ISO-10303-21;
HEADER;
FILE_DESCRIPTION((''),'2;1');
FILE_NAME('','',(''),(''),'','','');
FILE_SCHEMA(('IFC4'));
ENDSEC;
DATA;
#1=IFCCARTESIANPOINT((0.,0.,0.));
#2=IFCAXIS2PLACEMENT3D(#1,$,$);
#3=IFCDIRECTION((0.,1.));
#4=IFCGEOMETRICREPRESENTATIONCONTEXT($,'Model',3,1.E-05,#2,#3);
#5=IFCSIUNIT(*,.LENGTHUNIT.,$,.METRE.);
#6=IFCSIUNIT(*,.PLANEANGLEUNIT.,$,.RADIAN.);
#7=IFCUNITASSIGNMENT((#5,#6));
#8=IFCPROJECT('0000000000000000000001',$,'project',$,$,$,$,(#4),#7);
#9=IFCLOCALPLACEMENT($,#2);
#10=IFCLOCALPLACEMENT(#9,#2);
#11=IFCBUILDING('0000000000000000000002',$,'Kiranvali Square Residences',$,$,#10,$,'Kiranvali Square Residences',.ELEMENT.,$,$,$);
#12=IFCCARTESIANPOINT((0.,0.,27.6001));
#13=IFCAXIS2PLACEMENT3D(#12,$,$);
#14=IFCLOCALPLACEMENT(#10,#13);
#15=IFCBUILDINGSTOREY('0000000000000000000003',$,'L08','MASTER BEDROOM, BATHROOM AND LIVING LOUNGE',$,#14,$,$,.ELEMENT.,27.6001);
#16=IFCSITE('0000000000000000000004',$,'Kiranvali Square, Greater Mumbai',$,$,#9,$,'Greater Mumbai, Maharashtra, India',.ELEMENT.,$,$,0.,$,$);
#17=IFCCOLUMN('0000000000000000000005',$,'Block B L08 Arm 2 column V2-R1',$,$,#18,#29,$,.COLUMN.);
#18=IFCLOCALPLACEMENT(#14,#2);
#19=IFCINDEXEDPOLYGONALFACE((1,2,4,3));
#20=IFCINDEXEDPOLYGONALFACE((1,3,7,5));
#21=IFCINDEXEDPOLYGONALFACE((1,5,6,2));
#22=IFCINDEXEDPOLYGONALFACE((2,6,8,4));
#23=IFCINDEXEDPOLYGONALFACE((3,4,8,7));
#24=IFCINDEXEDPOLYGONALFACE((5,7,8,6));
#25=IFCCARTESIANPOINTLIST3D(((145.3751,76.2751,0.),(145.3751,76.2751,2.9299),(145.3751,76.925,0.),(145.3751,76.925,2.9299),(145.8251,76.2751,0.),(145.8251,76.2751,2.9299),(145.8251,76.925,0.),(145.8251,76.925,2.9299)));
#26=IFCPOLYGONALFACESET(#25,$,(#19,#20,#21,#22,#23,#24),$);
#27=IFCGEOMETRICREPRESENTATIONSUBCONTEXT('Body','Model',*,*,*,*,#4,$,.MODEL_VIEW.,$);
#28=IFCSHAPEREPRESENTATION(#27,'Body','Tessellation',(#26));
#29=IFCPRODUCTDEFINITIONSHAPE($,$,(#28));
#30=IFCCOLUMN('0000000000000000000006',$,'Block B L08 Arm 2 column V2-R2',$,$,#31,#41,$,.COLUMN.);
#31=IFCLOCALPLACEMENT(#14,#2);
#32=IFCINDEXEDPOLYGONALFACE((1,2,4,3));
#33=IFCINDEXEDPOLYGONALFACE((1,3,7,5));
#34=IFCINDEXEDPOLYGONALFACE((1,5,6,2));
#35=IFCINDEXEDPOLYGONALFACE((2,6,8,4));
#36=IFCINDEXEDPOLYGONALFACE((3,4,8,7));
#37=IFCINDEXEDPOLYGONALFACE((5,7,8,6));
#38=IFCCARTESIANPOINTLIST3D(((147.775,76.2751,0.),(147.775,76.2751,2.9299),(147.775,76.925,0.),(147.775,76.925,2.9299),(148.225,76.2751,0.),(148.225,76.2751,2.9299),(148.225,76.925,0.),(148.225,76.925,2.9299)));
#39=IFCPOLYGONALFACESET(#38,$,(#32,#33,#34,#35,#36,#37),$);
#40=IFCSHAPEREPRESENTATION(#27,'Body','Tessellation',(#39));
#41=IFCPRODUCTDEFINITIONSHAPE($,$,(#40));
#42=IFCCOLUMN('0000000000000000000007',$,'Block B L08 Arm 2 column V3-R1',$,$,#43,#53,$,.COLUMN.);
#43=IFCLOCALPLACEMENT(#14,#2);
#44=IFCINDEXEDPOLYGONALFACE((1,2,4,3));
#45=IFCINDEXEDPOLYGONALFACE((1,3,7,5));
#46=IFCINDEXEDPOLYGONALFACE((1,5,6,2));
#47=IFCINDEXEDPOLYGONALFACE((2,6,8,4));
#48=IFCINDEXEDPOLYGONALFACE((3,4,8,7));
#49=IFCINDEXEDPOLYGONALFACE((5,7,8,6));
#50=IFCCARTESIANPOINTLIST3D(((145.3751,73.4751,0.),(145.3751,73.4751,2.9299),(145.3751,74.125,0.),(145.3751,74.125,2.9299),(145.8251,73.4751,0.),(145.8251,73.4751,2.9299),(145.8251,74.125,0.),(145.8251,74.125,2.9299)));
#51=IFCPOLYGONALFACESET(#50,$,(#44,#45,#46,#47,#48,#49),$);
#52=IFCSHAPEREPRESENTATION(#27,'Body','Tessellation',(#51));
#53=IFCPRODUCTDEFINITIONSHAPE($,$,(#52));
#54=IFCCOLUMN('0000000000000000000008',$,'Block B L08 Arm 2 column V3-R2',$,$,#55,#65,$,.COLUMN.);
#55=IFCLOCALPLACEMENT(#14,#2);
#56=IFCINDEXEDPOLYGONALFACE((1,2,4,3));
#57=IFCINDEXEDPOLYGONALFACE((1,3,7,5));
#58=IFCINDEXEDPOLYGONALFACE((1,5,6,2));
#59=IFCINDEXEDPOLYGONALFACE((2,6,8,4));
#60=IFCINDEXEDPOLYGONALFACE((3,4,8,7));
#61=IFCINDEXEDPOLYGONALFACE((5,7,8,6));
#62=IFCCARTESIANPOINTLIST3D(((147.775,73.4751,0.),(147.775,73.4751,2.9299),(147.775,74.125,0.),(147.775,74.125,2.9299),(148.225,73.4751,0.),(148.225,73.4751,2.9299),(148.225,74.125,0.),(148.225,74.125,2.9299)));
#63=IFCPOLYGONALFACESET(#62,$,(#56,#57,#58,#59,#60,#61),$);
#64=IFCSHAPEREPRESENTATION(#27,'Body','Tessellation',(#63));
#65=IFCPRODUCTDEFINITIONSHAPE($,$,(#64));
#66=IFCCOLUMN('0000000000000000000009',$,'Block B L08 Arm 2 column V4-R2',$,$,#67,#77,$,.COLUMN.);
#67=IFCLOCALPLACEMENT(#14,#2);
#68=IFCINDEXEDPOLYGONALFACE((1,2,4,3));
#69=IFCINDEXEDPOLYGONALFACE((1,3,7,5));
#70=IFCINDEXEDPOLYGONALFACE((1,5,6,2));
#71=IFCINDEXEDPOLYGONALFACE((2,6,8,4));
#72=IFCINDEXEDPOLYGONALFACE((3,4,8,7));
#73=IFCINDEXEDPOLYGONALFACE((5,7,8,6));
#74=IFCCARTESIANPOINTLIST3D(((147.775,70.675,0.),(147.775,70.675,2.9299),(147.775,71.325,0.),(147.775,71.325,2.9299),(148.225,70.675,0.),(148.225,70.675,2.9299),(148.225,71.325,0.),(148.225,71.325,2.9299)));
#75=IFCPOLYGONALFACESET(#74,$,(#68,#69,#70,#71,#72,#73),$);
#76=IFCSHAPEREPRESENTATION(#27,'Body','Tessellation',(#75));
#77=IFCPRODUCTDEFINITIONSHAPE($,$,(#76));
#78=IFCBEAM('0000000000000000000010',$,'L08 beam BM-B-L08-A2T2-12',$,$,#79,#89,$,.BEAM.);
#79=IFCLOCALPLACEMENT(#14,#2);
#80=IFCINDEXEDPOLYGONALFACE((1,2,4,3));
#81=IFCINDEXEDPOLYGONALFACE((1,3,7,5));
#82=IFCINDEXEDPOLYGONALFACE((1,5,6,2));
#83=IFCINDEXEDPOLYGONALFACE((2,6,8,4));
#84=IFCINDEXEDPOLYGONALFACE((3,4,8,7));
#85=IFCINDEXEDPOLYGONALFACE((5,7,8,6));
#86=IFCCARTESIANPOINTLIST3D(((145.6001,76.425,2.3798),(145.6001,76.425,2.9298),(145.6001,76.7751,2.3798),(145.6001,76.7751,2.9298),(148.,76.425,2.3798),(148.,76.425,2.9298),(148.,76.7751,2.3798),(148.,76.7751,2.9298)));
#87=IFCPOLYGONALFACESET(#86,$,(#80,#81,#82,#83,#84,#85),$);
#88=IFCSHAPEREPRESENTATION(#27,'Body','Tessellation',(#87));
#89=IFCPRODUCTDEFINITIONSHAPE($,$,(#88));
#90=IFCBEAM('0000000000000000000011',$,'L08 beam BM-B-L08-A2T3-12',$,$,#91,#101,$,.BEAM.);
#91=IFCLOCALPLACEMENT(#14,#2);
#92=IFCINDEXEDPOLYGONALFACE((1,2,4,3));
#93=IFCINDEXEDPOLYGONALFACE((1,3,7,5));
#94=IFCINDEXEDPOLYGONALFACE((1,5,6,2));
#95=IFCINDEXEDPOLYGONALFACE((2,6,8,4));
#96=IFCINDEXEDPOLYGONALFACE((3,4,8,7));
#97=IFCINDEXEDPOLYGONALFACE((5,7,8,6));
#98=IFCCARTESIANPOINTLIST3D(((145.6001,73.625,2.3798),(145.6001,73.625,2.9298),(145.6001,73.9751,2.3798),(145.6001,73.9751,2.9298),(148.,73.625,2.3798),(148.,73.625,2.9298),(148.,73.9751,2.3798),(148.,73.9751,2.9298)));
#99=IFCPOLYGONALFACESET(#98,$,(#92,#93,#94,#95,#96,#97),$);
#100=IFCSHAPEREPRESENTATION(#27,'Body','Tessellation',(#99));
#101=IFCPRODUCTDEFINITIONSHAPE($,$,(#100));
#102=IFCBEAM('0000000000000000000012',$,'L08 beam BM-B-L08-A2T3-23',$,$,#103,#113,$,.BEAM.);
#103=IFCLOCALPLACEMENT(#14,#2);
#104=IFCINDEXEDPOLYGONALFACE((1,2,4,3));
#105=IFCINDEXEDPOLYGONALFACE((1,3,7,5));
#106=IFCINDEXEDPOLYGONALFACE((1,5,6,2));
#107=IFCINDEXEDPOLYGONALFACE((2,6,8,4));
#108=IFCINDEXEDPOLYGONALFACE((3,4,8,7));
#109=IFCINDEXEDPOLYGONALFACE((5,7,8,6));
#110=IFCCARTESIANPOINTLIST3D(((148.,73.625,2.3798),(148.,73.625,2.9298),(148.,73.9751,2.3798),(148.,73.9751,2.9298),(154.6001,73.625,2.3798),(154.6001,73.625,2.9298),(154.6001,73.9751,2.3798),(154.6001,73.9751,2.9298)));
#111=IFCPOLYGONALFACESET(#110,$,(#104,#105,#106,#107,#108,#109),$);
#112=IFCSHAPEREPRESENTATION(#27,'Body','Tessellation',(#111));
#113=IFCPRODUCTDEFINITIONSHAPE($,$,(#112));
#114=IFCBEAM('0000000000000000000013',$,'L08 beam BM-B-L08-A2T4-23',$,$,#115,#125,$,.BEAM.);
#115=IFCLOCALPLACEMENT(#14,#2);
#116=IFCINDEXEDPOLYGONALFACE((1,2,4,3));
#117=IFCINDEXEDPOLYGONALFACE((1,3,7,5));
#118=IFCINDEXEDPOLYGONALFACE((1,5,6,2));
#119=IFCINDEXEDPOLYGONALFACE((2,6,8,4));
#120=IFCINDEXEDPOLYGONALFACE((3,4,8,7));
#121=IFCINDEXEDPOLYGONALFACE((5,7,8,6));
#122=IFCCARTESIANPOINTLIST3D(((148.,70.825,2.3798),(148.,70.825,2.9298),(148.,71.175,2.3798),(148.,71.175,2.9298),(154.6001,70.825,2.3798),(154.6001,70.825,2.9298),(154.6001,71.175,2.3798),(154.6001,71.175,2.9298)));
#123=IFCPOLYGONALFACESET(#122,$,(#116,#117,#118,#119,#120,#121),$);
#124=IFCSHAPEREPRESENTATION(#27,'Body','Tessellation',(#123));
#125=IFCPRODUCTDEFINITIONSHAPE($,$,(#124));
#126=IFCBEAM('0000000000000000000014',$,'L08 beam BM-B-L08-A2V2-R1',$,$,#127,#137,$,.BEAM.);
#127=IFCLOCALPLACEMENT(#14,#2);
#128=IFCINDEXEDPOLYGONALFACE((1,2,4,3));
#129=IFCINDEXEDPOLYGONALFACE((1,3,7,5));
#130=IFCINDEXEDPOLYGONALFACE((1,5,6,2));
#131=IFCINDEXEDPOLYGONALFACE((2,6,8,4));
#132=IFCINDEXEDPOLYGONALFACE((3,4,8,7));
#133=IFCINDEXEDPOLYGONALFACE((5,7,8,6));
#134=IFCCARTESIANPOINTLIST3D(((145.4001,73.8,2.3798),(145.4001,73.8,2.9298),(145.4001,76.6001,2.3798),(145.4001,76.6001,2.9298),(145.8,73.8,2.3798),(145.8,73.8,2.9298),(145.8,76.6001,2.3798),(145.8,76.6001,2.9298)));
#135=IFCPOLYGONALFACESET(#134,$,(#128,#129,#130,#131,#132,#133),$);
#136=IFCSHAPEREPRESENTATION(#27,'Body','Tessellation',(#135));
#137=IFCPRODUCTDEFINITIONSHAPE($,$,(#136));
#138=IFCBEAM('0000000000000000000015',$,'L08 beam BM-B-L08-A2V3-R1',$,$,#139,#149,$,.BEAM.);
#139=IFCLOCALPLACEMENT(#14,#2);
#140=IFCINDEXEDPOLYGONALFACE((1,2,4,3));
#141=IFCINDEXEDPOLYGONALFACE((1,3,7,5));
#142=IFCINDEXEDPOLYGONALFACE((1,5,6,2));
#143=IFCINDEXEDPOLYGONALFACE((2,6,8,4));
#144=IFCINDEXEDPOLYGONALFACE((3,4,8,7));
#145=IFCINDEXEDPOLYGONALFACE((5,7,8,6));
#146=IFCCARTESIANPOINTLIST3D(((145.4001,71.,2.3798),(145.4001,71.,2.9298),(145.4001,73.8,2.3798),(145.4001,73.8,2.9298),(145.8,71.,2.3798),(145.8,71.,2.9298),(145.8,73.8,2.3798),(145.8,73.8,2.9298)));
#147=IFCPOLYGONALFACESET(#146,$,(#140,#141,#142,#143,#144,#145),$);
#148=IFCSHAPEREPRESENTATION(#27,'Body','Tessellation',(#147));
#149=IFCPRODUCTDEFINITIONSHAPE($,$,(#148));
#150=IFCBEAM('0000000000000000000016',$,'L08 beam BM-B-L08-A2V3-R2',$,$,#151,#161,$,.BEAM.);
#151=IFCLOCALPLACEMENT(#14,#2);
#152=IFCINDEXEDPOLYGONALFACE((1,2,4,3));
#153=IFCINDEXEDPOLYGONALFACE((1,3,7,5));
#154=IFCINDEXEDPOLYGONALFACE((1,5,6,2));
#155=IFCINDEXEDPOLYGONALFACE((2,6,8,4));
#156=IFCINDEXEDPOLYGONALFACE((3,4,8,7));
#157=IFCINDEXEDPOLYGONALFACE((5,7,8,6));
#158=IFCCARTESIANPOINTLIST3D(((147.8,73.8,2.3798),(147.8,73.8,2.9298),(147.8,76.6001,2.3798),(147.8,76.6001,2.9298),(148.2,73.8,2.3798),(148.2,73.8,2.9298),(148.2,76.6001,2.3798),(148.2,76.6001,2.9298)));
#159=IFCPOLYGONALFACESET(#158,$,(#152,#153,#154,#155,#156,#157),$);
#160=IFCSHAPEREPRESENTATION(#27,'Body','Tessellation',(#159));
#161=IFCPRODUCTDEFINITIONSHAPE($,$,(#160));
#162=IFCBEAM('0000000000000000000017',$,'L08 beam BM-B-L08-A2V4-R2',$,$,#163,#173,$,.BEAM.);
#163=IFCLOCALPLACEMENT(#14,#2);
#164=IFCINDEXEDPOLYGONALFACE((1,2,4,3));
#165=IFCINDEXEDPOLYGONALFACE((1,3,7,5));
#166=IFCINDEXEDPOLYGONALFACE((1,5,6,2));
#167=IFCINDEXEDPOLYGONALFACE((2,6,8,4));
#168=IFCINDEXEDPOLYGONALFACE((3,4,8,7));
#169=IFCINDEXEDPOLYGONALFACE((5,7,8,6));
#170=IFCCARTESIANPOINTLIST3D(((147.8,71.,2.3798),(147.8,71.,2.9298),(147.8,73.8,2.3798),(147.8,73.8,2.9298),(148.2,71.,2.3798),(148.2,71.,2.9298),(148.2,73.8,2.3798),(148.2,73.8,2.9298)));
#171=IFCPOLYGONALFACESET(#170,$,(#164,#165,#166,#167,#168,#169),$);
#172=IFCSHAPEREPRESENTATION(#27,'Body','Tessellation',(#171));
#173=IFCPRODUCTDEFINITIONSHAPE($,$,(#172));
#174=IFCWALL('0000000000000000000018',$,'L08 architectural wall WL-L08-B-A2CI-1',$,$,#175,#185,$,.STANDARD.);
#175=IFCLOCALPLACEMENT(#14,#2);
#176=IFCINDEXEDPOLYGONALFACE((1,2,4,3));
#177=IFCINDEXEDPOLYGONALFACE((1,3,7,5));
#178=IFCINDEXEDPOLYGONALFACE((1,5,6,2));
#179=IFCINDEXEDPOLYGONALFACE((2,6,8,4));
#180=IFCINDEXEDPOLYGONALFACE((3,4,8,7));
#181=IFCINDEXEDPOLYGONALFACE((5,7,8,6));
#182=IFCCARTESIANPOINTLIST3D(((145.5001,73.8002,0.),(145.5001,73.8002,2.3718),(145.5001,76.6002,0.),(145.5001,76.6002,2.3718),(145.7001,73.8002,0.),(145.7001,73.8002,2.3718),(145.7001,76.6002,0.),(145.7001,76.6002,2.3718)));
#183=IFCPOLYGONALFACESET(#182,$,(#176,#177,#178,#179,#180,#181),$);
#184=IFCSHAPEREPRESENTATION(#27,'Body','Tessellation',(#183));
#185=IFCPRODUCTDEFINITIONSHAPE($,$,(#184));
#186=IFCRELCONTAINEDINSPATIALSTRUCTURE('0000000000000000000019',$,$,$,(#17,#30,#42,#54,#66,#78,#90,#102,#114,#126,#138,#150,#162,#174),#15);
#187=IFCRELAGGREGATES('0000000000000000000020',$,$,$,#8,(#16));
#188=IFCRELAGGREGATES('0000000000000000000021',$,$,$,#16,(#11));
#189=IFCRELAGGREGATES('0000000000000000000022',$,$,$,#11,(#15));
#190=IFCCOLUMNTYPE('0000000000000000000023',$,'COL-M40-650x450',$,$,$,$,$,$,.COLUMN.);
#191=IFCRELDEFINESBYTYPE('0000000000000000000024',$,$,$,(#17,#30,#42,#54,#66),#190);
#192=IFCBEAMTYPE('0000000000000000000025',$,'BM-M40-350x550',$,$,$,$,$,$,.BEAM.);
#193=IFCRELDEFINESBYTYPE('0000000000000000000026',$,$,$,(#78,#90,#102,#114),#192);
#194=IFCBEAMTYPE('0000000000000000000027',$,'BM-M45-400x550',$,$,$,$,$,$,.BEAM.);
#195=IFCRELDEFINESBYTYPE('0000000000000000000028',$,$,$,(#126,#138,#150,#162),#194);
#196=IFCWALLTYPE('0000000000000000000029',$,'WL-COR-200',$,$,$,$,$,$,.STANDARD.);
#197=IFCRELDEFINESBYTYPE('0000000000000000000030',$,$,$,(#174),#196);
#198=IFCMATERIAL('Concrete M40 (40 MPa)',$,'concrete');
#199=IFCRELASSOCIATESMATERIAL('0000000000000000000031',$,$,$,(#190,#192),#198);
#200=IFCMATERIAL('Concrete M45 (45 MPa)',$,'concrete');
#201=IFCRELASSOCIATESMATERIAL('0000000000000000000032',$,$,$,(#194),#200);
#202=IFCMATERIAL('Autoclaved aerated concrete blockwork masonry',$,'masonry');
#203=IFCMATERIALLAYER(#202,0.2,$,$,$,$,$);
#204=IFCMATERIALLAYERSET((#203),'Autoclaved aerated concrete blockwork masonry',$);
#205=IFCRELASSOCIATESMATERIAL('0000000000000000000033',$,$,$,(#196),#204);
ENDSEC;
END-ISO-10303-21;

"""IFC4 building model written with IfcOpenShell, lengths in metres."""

from ifc_helpers import new_model, si_unit, direction, frame, frame_2d, origin, origin_2d, place, context, subcontext, project, spatial, rectangle, extrude, material, layer, layer_set, material_profile, profile_set, type_object, element, save


model = new_model("IFC4")

# Units and contexts
model_context = context("Model", 3, precision=1e-05, world=origin(), true_north=direction((0.0, 1.0)))
body_context = subcontext(model_context, "Body", "Model", "MODEL_VIEW")
ifc_project = project(units=[si_unit("LENGTHUNIT", "METRE"), si_unit("PLANEANGLEUNIT", "RADIAN")], contexts=[model_context])

# Site, building, storey
site_placement = place(None, origin())
site = spatial("IfcSite", under=ifc_project, at=site_placement, Name="Kiranvali Square, Greater Mumbai", LongName="Greater Mumbai, Maharashtra, India", CompositionType="ELEMENT", RefElevation=0.0)
building_placement = place(site_placement, origin())
building = spatial("IfcBuilding", under=site, at=building_placement, Name="Kiranvali Square Residences", LongName="Kiranvali Square Residences", CompositionType="ELEMENT")
storey_placement = place(building_placement, frame((0.0, 0.0, 27.6001)))
storey = spatial("IfcBuildingStorey", under=building, at=storey_placement, Name="L08", Description="MASTER BEDROOM, BATHROOM AND LIVING LOUNGE", CompositionType="ELEMENT", Elevation=27.6001)

# Columns
ifc_material_1 = material(Name="Concrete M40 (40 MPa)", Category="concrete")
ifc_material_profile_1 = material_profile(ifc_material_1, rectangle(XDim=0.45, YDim=0.6499, at=origin_2d()), Name="RC 650x450")
ifc_profile_set_1 = profile_set([ifc_material_profile_1], Name="Concrete M40 (40 MPa)")
column_type = type_object("IfcColumnType", Name="COL-M40-650x450", PredefinedType="COLUMN", material=ifc_profile_set_1)
for number, where, z_axis, x_axis, name in (
    (1, (145.6001, 76.6001, 0.0), (0.0, 0.0, 1.0), (1.0, 0.0, 0.0), "Block B L08 Arm 2 column V2-R1"),
    (2, (148.0, 76.6001, 0.0), (0.0, 0.0, 1.0), (1.0, 0.0, 0.0), "Block B L08 Arm 2 column V2-R2"),
    (3, (145.6001, 73.8, 0.0), (0.0, 0.0, 1.0), (1.0, 0.0, 0.0), "Block B L08 Arm 2 column V3-R1"),
    (4, (148.0, 73.8, 0.0), (0.0, 0.0, 1.0), (1.0, 0.0, 0.0), "Block B L08 Arm 2 column V3-R2"),
    (5, (148.0, 71.0, 0.0), (0.0, 0.0, 1.0), (1.0, 0.0, 0.0), "Block B L08 Arm 2 column V4-R2"),
):
    element("IfcColumn", number, at=place(storey_placement, frame(where, z_axis=z_axis, x_axis=x_axis)), inside=storey, type_object=column_type, Name=name, PredefinedType="COLUMN", context=body_context, shape_type="SweptSolid", body=[
        extrude(rectangle(XDim=0.45, YDim=0.6499, at=origin_2d()), origin(), (0.0, 0.0, 1.0), 2.9299),
    ])

# Beams
ifc_material_profile_2 = material_profile(ifc_material_1, rectangle(XDim=0.3501, YDim=0.55, at=origin_2d()), Name="RC 350x550")
ifc_profile_set_2 = profile_set([ifc_material_profile_2], Name="Concrete M40 (40 MPa)")
beam_type_1 = type_object("IfcBeamType", Name="BM-M40-350x550", PredefinedType="BEAM", material=ifc_profile_set_2)
for number, where, z_axis, x_axis, name in (
    (6, (145.6001, 76.6001, 2.6548), (1.0, 0.0, 0.0), (0.0, 1.0, 0.0), "L08 beam BM-B-L08-A2T2-12"),
    (7, (145.6001, 73.8, 2.6548), (1.0, 0.0, 0.0), (0.0, 1.0, 0.0), "L08 beam BM-B-L08-A2T3-12"),
):
    element("IfcBeam", number, at=place(storey_placement, frame(where, z_axis=z_axis, x_axis=x_axis)), inside=storey, type_object=beam_type_1, Name=name, PredefinedType="BEAM", context=body_context, shape_type="SweptSolid", body=[
        extrude(rectangle(XDim=0.3501, YDim=0.55, at=origin_2d()), origin(), (0.0, 0.0, 1.0), 2.3999),
    ])
for number, where, z_axis, x_axis, name in (
    (8, (148.0, 73.8, 2.6548), (1.0, 0.0, 0.0), (0.0, 1.0, 0.0), "L08 beam BM-B-L08-A2T3-23"),
    (9, (148.0, 71.0, 2.6548), (1.0, 0.0, 0.0), (0.0, 1.0, 0.0), "L08 beam BM-B-L08-A2T4-23"),
):
    element("IfcBeam", number, at=place(storey_placement, frame(where, z_axis=z_axis, x_axis=x_axis)), inside=storey, type_object=beam_type_1, Name=name, PredefinedType="BEAM", context=body_context, shape_type="SweptSolid", body=[
        extrude(rectangle(XDim=0.3501, YDim=0.55, at=origin_2d()), origin(), (0.0, 0.0, 1.0), 6.6001),
    ])
ifc_material_2 = material(Name="Concrete M45 (45 MPa)", Category="concrete")
ifc_material_profile_3 = material_profile(ifc_material_2, rectangle(XDim=0.3999, YDim=0.55, at=origin_2d()), Name="RC 400x550")
ifc_profile_set_3 = profile_set([ifc_material_profile_3], Name="Concrete M45 (45 MPa)")
beam_type_2 = type_object("IfcBeamType", Name="BM-M45-400x550", PredefinedType="BEAM", material=ifc_profile_set_3)
for number, where, z_axis, x_axis, name in (
    (10, (145.6001, 76.6001, 2.6548), (0.0, -1.0, 0.0), (1.0, 0.0, 0.0), "L08 beam BM-B-L08-A2V2-R1"),
    (11, (145.6001, 73.8, 2.6548), (0.0, -1.0, 0.0), (1.0, 0.0, 0.0), "L08 beam BM-B-L08-A2V3-R1"),
    (12, (148.0, 76.6001, 2.6548), (0.0, -1.0, 0.0), (1.0, 0.0, 0.0), "L08 beam BM-B-L08-A2V3-R2"),
    (13, (148.0, 73.8, 2.6548), (0.0, -1.0, 0.0), (1.0, 0.0, 0.0), "L08 beam BM-B-L08-A2V4-R2"),
):
    element("IfcBeam", number, at=place(storey_placement, frame(where, z_axis=z_axis, x_axis=x_axis)), inside=storey, type_object=beam_type_2, Name=name, PredefinedType="BEAM", context=body_context, shape_type="SweptSolid", body=[
        extrude(rectangle(XDim=0.3999, YDim=0.55, at=origin_2d()), origin(), (0.0, 0.0, 1.0), 2.8),
    ])

# Wall
ifc_material_3 = material(Name="Autoclaved aerated concrete blockwork masonry", Category="masonry")
ifc_layer_1 = layer(ifc_material_3, 0.2)
ifc_layer_set_1 = layer_set([ifc_layer_1], Name="Autoclaved aerated concrete blockwork masonry")
wall_type_1 = type_object("IfcWallType", Name="WL-COR-200", PredefinedType="STANDARD", material=ifc_layer_set_1)
wall_1_placement = place(storey_placement, frame((145.6001, 76.6001, 0.0), z_axis=(0.0, 0.0, 1.0), x_axis=(0.0, -1.0, 0.0)))
element("IfcWall", 14, at=wall_1_placement, inside=storey, type_object=wall_type_1, Name="L08 architectural wall WL-L08-B-A2CI-1", PredefinedType="STANDARD", context=body_context, shape_type="SweptSolid", body=[
    extrude(rectangle(XDim=2.8, YDim=0.2, at=frame_2d((1.3999, 0.0))), origin(), (0.0, 0.0, 1.0), 2.3718),
])

save(model, "model.ifc")
